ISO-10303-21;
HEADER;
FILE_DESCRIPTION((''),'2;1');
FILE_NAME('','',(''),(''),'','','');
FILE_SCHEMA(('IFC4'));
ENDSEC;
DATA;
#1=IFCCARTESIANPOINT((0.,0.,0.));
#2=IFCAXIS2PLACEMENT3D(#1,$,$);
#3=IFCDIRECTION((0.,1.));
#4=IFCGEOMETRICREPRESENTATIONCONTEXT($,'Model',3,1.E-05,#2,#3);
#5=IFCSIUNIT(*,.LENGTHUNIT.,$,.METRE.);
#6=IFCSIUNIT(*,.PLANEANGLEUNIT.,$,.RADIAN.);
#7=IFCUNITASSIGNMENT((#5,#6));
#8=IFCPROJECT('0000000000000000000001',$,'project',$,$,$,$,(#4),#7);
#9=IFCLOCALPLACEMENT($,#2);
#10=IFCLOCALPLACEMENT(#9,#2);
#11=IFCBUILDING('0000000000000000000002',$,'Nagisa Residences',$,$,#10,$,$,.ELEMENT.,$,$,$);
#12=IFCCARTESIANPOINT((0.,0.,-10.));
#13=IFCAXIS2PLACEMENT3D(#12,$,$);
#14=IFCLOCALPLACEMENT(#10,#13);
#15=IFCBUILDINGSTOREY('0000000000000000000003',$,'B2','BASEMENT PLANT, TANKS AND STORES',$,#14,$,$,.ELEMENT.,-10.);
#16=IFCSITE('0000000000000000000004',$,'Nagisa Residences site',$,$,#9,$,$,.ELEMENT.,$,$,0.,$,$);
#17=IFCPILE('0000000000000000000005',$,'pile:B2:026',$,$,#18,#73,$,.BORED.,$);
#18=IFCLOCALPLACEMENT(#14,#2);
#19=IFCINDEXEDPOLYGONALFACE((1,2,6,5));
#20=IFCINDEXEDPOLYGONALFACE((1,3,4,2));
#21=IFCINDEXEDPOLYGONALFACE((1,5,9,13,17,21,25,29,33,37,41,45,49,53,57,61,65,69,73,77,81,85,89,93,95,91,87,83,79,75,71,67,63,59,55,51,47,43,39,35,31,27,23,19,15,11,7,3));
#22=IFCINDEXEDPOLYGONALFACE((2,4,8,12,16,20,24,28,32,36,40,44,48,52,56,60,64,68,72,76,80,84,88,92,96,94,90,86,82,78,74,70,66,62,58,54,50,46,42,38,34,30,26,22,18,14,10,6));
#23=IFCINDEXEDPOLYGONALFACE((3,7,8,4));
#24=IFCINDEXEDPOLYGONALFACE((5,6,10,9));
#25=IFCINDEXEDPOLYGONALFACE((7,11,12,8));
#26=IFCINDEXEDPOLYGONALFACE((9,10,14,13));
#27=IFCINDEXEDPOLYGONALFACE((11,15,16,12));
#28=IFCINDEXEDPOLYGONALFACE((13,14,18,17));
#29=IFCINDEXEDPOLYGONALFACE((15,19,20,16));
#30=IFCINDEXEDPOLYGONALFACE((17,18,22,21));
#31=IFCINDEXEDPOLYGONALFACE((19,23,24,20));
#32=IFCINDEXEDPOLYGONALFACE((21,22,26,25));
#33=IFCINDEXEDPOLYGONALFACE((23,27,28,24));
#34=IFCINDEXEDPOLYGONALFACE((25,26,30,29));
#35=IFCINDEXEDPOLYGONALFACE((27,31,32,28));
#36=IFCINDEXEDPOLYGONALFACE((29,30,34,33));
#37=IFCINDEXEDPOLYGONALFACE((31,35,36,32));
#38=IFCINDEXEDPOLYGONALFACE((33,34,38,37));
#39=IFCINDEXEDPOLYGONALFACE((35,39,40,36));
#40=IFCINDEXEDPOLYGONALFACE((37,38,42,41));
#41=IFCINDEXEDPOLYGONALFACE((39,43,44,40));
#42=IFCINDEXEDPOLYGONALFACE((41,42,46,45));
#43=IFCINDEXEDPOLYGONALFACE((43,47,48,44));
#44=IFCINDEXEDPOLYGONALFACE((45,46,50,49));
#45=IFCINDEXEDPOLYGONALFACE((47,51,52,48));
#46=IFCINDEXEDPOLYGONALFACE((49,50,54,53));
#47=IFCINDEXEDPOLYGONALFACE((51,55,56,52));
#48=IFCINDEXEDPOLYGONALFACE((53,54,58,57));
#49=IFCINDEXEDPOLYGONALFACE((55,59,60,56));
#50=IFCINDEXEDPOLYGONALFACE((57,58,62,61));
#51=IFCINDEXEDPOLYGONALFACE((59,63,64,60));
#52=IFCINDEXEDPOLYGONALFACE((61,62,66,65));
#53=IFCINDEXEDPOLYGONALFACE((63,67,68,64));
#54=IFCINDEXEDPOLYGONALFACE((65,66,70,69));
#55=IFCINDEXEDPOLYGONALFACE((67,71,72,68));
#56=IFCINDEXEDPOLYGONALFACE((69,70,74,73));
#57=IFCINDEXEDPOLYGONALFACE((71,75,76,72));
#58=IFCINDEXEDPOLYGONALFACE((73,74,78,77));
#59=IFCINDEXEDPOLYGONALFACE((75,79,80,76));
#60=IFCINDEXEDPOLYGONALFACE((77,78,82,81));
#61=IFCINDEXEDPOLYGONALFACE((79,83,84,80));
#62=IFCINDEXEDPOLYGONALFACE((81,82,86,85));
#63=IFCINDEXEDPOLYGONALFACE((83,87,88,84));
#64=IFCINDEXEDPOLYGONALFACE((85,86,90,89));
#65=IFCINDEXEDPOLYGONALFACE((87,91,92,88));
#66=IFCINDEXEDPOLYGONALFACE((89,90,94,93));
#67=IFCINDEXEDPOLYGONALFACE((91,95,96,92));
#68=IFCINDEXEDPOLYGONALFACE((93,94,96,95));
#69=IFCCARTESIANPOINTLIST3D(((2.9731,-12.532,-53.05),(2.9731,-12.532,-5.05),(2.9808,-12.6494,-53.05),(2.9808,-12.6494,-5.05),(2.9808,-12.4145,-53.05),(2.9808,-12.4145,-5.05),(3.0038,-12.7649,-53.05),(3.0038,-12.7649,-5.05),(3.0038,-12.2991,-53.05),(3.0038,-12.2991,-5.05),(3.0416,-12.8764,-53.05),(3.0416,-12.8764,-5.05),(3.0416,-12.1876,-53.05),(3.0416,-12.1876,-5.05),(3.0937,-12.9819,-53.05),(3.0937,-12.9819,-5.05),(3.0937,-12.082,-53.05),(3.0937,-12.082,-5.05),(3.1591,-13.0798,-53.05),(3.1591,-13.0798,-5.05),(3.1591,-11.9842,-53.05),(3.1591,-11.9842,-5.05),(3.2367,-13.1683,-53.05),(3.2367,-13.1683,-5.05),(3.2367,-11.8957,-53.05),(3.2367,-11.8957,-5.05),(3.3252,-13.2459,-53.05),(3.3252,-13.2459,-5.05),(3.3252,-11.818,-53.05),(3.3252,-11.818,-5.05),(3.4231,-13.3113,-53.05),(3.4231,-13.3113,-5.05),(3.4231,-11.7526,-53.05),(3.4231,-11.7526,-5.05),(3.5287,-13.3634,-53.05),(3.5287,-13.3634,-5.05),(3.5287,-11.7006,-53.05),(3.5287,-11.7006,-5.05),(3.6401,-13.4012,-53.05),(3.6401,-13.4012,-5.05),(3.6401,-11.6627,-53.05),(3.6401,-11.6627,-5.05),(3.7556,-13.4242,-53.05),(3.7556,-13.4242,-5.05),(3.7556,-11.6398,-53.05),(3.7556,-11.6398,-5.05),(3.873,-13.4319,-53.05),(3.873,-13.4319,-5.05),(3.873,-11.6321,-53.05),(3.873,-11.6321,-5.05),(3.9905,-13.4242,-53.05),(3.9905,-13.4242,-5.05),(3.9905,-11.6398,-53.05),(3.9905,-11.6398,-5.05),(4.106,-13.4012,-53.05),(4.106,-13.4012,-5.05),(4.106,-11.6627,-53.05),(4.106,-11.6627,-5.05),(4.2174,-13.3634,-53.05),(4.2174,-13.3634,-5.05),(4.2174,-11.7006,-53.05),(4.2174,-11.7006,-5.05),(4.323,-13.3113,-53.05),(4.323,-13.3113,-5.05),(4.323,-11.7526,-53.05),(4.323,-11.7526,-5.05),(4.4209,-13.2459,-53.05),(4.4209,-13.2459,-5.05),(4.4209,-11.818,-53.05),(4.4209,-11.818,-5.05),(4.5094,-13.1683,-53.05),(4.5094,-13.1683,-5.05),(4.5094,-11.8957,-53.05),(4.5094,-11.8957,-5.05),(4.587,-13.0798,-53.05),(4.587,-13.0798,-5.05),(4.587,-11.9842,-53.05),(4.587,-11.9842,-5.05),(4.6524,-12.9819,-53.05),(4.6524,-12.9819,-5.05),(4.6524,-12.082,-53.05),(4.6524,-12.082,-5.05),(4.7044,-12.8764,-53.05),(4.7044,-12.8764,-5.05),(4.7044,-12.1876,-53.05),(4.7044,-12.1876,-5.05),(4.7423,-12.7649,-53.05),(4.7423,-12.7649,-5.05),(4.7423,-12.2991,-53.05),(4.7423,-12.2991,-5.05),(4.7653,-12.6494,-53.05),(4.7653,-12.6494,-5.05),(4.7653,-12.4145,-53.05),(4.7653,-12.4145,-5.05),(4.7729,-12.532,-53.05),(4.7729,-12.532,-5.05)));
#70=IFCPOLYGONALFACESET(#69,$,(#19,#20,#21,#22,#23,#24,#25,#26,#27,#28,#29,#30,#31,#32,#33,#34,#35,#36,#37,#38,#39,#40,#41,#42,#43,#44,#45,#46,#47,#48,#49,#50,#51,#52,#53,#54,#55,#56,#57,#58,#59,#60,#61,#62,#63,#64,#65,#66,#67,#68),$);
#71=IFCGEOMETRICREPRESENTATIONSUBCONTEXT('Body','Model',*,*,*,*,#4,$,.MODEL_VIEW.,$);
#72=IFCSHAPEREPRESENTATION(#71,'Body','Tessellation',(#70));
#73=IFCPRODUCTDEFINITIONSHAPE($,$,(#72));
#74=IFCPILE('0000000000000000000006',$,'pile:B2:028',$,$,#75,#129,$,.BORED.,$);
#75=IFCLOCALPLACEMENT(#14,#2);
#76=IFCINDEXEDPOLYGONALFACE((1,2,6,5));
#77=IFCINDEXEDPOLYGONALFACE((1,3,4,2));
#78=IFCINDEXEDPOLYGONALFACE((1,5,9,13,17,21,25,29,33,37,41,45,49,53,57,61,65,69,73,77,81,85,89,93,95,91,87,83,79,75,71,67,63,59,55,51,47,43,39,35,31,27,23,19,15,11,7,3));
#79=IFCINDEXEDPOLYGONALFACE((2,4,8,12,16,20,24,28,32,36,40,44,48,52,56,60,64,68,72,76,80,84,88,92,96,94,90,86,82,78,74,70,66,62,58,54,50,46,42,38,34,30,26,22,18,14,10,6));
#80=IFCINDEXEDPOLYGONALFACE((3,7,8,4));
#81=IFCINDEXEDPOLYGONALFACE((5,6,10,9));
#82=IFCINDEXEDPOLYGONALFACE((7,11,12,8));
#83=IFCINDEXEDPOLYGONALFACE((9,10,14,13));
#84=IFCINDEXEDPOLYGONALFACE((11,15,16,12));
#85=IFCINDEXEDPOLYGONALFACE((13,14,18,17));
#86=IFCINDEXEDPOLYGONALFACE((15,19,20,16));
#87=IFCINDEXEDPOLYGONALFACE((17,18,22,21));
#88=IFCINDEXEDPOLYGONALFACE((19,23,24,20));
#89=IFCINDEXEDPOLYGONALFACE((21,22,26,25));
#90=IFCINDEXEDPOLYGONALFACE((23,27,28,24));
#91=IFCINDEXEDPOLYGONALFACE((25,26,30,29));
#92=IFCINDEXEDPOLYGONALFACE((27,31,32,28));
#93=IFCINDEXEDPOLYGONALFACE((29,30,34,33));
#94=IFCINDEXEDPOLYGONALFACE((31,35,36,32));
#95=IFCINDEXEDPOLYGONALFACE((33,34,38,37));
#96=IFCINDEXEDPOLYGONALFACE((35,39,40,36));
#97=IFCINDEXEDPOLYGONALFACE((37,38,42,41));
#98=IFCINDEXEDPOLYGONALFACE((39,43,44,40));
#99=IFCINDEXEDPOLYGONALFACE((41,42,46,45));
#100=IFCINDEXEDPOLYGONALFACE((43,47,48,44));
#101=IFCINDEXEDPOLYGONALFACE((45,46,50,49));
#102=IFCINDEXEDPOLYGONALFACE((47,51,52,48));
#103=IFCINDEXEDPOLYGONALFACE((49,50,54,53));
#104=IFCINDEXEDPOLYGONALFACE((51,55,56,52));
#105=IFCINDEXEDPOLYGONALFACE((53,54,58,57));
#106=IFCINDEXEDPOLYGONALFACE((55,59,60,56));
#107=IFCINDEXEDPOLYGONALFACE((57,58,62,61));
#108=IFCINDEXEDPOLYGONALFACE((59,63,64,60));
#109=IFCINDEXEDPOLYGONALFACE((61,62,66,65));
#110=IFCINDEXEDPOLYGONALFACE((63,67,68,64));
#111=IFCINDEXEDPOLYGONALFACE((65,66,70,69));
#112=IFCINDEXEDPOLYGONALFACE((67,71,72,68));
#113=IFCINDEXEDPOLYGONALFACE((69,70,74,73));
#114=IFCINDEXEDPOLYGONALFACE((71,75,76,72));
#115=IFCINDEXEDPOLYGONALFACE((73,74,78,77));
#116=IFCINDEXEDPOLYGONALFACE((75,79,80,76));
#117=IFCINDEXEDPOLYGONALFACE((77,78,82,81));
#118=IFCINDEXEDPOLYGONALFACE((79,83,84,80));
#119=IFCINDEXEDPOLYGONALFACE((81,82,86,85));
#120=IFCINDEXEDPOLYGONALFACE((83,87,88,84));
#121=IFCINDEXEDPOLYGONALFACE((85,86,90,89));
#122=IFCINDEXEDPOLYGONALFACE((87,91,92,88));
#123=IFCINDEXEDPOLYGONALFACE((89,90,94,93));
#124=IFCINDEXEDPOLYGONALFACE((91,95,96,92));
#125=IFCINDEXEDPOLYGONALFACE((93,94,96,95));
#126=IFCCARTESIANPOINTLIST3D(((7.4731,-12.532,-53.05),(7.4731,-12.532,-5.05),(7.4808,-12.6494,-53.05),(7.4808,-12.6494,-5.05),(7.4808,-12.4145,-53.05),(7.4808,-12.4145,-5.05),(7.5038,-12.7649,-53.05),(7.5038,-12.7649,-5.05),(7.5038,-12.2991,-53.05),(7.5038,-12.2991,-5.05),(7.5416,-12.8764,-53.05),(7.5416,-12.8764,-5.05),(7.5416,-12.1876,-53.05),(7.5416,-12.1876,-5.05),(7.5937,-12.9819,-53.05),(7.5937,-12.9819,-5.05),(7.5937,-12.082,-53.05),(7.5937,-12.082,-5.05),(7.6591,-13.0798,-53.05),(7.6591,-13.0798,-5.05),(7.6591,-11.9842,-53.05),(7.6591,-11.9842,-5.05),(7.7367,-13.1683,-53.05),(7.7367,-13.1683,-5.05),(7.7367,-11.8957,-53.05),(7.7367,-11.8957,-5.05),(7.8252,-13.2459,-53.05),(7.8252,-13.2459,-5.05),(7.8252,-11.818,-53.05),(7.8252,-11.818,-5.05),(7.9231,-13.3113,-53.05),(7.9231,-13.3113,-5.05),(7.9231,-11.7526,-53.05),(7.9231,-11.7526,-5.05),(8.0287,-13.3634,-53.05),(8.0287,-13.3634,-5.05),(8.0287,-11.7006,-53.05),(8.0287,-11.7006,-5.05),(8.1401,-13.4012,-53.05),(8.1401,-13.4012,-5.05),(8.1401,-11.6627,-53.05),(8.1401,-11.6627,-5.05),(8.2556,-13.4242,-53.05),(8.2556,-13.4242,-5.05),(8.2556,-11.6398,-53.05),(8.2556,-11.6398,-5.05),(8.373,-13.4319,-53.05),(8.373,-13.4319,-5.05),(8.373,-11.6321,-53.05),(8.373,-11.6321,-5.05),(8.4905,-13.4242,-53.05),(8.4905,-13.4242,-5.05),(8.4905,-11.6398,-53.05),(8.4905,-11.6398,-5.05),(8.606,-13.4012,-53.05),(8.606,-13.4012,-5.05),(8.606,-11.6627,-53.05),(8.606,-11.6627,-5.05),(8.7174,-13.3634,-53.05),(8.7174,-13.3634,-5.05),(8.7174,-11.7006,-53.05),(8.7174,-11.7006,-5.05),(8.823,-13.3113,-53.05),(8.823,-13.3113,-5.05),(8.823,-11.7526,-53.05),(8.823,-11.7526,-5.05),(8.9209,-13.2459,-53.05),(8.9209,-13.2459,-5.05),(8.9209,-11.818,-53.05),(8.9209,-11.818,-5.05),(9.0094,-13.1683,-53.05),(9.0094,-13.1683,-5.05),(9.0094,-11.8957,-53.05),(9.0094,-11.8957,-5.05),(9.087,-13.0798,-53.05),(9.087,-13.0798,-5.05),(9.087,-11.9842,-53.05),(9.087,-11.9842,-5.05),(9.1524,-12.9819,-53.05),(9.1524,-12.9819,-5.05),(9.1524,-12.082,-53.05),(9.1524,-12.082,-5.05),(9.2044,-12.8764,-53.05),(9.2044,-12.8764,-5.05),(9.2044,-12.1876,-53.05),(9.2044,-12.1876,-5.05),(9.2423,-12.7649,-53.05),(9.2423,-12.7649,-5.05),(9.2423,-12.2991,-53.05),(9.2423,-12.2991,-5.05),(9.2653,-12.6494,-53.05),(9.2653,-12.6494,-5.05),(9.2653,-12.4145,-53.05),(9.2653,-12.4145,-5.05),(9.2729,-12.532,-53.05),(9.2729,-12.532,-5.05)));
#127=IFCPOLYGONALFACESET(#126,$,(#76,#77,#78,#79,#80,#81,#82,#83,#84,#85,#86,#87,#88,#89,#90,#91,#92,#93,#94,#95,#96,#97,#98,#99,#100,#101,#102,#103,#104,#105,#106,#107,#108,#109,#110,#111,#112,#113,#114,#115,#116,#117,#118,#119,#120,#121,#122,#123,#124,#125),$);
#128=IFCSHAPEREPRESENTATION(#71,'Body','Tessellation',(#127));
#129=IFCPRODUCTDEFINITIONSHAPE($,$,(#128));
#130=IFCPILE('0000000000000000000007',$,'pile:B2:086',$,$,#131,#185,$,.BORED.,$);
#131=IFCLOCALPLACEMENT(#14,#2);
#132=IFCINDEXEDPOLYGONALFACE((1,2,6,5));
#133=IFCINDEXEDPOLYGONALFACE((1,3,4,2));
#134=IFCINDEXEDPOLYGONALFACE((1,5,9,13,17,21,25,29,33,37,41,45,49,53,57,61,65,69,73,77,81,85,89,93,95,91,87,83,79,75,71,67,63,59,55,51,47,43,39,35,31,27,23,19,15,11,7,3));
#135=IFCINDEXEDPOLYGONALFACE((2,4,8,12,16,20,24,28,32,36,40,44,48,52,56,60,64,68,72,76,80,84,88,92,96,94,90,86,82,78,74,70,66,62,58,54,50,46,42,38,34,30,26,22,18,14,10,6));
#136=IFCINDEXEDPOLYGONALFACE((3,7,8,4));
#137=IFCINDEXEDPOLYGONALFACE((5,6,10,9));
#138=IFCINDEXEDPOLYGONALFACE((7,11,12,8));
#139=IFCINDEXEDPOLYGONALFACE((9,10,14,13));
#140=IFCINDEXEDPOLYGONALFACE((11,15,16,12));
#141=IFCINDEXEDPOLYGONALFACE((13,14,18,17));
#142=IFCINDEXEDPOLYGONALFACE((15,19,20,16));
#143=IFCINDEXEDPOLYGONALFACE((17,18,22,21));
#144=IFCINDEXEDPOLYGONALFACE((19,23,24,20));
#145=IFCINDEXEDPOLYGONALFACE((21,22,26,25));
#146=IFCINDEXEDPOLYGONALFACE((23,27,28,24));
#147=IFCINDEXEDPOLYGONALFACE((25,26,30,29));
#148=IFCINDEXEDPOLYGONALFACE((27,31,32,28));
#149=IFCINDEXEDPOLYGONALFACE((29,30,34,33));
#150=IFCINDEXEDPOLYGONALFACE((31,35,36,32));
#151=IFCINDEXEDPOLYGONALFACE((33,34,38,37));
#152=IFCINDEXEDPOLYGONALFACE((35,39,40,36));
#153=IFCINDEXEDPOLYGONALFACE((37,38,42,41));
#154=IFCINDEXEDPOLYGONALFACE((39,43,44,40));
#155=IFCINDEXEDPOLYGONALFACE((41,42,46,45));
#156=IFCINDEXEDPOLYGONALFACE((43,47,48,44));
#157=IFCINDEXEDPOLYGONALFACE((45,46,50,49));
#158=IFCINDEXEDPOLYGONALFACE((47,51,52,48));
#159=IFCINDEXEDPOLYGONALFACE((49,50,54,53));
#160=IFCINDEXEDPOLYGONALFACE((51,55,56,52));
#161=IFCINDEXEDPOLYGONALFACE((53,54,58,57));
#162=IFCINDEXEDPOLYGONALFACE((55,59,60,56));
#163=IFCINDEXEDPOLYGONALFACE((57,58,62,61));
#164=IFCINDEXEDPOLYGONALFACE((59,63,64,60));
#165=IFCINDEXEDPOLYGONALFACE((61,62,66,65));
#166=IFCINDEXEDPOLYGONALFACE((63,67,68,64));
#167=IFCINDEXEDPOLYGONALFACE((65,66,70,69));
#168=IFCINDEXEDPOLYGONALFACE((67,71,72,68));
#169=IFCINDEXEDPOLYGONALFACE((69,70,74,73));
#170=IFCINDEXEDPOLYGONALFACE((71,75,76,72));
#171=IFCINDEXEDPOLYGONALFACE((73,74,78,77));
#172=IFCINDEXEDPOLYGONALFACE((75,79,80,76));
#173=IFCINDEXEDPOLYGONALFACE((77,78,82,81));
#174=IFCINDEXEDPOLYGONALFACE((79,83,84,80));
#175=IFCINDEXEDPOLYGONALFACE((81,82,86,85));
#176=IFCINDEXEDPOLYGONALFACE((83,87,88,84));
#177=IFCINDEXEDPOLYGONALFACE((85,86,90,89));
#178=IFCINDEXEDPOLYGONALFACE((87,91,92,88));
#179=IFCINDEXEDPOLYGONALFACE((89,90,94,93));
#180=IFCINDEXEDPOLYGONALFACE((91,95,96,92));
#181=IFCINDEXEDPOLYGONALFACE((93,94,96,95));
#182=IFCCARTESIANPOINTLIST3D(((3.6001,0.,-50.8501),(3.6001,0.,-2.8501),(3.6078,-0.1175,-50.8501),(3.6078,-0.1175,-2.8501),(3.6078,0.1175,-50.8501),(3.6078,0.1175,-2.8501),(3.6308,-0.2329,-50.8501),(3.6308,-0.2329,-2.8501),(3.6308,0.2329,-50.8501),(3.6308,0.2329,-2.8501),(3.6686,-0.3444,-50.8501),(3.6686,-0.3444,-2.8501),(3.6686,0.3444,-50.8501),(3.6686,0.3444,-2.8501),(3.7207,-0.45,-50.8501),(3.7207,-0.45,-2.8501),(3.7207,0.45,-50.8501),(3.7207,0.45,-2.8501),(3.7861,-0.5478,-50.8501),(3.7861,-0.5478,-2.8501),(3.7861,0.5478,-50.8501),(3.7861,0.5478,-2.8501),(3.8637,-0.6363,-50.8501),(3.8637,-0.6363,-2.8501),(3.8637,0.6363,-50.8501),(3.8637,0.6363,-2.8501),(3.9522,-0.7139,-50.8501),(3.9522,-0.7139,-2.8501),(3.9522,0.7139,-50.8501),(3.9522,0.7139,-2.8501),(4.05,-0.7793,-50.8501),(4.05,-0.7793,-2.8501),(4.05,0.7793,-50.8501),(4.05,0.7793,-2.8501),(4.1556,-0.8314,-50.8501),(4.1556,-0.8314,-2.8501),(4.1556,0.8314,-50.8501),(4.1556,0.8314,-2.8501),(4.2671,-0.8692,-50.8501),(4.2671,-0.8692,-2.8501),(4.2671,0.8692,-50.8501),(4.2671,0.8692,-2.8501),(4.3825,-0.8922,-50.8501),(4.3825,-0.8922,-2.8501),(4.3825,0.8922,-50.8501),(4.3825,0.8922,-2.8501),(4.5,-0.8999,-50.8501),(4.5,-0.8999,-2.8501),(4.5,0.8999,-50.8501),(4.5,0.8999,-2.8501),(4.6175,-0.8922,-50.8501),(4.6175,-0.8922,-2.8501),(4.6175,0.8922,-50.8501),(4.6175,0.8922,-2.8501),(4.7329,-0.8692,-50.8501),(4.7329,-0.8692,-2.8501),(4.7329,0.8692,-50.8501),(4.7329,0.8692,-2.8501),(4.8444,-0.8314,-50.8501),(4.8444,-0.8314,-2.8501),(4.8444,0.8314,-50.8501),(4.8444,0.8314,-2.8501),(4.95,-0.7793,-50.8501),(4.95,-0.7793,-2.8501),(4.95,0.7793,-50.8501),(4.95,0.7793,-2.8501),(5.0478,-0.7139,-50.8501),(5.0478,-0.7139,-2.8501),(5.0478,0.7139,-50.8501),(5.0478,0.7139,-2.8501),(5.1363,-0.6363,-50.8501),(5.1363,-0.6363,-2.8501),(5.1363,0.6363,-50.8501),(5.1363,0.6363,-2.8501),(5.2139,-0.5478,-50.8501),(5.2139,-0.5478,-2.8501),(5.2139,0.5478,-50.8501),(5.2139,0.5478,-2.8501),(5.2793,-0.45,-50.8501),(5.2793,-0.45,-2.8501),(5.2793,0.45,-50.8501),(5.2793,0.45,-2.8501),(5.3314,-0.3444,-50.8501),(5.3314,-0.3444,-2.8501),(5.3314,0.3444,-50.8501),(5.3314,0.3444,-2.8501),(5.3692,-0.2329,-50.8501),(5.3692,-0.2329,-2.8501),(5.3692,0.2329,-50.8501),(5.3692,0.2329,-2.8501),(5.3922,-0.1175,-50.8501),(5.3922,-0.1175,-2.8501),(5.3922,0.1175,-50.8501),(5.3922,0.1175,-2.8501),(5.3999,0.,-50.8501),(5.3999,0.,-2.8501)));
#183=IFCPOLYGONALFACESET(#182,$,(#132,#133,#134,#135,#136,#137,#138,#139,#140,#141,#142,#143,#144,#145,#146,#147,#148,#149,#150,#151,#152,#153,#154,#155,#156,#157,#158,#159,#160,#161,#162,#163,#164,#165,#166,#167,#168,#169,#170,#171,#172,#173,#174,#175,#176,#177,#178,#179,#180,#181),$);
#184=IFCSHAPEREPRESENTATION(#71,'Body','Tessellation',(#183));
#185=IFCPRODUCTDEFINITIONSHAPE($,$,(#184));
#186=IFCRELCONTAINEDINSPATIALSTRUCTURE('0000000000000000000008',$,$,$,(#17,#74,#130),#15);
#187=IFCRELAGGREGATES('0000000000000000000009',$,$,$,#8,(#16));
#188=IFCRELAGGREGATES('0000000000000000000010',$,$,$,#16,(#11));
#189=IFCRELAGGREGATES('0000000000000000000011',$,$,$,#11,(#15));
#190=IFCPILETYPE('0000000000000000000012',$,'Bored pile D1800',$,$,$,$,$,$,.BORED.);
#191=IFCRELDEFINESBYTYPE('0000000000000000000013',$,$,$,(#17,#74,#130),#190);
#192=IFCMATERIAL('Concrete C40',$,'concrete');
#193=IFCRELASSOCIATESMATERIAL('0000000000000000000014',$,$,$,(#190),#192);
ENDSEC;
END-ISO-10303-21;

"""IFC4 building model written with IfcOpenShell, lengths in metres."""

from ifc_helpers import new_model, si_unit, direction, frame, origin, origin_2d, place, context, subcontext, project, spatial, circle, extrude, material, material_profile, profile_set, type_object, element, save


model = new_model("IFC4")

# Units and contexts
model_context = context("Model", 3, precision=1e-05, world=origin(), true_north=direction((0.0, 1.0)))
body_context = subcontext(model_context, "Body", "Model", "MODEL_VIEW")
ifc_project = project(units=[si_unit("LENGTHUNIT", "METRE"), si_unit("PLANEANGLEUNIT", "RADIAN")], contexts=[model_context])

# Site, building, storey
site_placement = place(None, origin())
site = spatial("IfcSite", under=ifc_project, at=site_placement, Name="Nagisa Residences site", CompositionType="ELEMENT", RefElevation=0.0)
building_placement = place(site_placement, origin())
building = spatial("IfcBuilding", under=site, at=building_placement, Name="Nagisa Residences", CompositionType="ELEMENT")
storey_placement = place(building_placement, frame((0.0, 0.0, -10.0)))
storey = spatial("IfcBuildingStorey", under=building, at=storey_placement, Name="B2", Description="BASEMENT PLANT, TANKS AND STORES", CompositionType="ELEMENT", Elevation=-10.0)

# Piles
ifc_material_1 = material(Name="Concrete C40", Category="concrete")
ifc_material_profile = material_profile(ifc_material_1, circle(Radius=0.8999, at=origin_2d()), Name="Bored pile D1800")
ifc_profile_set = profile_set([ifc_material_profile], Name="Concrete C40")
pile_type = type_object("IfcPileType", Name="Bored pile D1800", PredefinedType="BORED", material=ifc_profile_set)
for number, where, z_axis, x_axis, name in (
    (1, (3.873, -12.532, -5.05), (0.0, 0.0, -1.0), (1.0, 0.0, 0.0), "pile:B2:026"),
    (2, (8.373, -12.532, -5.05), (0.0, 0.0, -1.0), (1.0, 0.0, 0.0), "pile:B2:028"),
    (3, (4.5, 0.0, -2.8501), (0.0, 0.0, -1.0), (1.0, 0.0, 0.0), "pile:B2:086"),
):
    element("IfcPile", number, at=place(storey_placement, frame(where, z_axis=z_axis, x_axis=x_axis)), inside=storey, type_object=pile_type, Name=name, PredefinedType="BORED", context=body_context, shape_type="SweptSolid", body=[
        extrude(circle(Radius=0.8999, at=origin_2d()), origin(), (0.0, 0.0, 1.0), 48.0),
    ])

save(model, "model.ifc")
